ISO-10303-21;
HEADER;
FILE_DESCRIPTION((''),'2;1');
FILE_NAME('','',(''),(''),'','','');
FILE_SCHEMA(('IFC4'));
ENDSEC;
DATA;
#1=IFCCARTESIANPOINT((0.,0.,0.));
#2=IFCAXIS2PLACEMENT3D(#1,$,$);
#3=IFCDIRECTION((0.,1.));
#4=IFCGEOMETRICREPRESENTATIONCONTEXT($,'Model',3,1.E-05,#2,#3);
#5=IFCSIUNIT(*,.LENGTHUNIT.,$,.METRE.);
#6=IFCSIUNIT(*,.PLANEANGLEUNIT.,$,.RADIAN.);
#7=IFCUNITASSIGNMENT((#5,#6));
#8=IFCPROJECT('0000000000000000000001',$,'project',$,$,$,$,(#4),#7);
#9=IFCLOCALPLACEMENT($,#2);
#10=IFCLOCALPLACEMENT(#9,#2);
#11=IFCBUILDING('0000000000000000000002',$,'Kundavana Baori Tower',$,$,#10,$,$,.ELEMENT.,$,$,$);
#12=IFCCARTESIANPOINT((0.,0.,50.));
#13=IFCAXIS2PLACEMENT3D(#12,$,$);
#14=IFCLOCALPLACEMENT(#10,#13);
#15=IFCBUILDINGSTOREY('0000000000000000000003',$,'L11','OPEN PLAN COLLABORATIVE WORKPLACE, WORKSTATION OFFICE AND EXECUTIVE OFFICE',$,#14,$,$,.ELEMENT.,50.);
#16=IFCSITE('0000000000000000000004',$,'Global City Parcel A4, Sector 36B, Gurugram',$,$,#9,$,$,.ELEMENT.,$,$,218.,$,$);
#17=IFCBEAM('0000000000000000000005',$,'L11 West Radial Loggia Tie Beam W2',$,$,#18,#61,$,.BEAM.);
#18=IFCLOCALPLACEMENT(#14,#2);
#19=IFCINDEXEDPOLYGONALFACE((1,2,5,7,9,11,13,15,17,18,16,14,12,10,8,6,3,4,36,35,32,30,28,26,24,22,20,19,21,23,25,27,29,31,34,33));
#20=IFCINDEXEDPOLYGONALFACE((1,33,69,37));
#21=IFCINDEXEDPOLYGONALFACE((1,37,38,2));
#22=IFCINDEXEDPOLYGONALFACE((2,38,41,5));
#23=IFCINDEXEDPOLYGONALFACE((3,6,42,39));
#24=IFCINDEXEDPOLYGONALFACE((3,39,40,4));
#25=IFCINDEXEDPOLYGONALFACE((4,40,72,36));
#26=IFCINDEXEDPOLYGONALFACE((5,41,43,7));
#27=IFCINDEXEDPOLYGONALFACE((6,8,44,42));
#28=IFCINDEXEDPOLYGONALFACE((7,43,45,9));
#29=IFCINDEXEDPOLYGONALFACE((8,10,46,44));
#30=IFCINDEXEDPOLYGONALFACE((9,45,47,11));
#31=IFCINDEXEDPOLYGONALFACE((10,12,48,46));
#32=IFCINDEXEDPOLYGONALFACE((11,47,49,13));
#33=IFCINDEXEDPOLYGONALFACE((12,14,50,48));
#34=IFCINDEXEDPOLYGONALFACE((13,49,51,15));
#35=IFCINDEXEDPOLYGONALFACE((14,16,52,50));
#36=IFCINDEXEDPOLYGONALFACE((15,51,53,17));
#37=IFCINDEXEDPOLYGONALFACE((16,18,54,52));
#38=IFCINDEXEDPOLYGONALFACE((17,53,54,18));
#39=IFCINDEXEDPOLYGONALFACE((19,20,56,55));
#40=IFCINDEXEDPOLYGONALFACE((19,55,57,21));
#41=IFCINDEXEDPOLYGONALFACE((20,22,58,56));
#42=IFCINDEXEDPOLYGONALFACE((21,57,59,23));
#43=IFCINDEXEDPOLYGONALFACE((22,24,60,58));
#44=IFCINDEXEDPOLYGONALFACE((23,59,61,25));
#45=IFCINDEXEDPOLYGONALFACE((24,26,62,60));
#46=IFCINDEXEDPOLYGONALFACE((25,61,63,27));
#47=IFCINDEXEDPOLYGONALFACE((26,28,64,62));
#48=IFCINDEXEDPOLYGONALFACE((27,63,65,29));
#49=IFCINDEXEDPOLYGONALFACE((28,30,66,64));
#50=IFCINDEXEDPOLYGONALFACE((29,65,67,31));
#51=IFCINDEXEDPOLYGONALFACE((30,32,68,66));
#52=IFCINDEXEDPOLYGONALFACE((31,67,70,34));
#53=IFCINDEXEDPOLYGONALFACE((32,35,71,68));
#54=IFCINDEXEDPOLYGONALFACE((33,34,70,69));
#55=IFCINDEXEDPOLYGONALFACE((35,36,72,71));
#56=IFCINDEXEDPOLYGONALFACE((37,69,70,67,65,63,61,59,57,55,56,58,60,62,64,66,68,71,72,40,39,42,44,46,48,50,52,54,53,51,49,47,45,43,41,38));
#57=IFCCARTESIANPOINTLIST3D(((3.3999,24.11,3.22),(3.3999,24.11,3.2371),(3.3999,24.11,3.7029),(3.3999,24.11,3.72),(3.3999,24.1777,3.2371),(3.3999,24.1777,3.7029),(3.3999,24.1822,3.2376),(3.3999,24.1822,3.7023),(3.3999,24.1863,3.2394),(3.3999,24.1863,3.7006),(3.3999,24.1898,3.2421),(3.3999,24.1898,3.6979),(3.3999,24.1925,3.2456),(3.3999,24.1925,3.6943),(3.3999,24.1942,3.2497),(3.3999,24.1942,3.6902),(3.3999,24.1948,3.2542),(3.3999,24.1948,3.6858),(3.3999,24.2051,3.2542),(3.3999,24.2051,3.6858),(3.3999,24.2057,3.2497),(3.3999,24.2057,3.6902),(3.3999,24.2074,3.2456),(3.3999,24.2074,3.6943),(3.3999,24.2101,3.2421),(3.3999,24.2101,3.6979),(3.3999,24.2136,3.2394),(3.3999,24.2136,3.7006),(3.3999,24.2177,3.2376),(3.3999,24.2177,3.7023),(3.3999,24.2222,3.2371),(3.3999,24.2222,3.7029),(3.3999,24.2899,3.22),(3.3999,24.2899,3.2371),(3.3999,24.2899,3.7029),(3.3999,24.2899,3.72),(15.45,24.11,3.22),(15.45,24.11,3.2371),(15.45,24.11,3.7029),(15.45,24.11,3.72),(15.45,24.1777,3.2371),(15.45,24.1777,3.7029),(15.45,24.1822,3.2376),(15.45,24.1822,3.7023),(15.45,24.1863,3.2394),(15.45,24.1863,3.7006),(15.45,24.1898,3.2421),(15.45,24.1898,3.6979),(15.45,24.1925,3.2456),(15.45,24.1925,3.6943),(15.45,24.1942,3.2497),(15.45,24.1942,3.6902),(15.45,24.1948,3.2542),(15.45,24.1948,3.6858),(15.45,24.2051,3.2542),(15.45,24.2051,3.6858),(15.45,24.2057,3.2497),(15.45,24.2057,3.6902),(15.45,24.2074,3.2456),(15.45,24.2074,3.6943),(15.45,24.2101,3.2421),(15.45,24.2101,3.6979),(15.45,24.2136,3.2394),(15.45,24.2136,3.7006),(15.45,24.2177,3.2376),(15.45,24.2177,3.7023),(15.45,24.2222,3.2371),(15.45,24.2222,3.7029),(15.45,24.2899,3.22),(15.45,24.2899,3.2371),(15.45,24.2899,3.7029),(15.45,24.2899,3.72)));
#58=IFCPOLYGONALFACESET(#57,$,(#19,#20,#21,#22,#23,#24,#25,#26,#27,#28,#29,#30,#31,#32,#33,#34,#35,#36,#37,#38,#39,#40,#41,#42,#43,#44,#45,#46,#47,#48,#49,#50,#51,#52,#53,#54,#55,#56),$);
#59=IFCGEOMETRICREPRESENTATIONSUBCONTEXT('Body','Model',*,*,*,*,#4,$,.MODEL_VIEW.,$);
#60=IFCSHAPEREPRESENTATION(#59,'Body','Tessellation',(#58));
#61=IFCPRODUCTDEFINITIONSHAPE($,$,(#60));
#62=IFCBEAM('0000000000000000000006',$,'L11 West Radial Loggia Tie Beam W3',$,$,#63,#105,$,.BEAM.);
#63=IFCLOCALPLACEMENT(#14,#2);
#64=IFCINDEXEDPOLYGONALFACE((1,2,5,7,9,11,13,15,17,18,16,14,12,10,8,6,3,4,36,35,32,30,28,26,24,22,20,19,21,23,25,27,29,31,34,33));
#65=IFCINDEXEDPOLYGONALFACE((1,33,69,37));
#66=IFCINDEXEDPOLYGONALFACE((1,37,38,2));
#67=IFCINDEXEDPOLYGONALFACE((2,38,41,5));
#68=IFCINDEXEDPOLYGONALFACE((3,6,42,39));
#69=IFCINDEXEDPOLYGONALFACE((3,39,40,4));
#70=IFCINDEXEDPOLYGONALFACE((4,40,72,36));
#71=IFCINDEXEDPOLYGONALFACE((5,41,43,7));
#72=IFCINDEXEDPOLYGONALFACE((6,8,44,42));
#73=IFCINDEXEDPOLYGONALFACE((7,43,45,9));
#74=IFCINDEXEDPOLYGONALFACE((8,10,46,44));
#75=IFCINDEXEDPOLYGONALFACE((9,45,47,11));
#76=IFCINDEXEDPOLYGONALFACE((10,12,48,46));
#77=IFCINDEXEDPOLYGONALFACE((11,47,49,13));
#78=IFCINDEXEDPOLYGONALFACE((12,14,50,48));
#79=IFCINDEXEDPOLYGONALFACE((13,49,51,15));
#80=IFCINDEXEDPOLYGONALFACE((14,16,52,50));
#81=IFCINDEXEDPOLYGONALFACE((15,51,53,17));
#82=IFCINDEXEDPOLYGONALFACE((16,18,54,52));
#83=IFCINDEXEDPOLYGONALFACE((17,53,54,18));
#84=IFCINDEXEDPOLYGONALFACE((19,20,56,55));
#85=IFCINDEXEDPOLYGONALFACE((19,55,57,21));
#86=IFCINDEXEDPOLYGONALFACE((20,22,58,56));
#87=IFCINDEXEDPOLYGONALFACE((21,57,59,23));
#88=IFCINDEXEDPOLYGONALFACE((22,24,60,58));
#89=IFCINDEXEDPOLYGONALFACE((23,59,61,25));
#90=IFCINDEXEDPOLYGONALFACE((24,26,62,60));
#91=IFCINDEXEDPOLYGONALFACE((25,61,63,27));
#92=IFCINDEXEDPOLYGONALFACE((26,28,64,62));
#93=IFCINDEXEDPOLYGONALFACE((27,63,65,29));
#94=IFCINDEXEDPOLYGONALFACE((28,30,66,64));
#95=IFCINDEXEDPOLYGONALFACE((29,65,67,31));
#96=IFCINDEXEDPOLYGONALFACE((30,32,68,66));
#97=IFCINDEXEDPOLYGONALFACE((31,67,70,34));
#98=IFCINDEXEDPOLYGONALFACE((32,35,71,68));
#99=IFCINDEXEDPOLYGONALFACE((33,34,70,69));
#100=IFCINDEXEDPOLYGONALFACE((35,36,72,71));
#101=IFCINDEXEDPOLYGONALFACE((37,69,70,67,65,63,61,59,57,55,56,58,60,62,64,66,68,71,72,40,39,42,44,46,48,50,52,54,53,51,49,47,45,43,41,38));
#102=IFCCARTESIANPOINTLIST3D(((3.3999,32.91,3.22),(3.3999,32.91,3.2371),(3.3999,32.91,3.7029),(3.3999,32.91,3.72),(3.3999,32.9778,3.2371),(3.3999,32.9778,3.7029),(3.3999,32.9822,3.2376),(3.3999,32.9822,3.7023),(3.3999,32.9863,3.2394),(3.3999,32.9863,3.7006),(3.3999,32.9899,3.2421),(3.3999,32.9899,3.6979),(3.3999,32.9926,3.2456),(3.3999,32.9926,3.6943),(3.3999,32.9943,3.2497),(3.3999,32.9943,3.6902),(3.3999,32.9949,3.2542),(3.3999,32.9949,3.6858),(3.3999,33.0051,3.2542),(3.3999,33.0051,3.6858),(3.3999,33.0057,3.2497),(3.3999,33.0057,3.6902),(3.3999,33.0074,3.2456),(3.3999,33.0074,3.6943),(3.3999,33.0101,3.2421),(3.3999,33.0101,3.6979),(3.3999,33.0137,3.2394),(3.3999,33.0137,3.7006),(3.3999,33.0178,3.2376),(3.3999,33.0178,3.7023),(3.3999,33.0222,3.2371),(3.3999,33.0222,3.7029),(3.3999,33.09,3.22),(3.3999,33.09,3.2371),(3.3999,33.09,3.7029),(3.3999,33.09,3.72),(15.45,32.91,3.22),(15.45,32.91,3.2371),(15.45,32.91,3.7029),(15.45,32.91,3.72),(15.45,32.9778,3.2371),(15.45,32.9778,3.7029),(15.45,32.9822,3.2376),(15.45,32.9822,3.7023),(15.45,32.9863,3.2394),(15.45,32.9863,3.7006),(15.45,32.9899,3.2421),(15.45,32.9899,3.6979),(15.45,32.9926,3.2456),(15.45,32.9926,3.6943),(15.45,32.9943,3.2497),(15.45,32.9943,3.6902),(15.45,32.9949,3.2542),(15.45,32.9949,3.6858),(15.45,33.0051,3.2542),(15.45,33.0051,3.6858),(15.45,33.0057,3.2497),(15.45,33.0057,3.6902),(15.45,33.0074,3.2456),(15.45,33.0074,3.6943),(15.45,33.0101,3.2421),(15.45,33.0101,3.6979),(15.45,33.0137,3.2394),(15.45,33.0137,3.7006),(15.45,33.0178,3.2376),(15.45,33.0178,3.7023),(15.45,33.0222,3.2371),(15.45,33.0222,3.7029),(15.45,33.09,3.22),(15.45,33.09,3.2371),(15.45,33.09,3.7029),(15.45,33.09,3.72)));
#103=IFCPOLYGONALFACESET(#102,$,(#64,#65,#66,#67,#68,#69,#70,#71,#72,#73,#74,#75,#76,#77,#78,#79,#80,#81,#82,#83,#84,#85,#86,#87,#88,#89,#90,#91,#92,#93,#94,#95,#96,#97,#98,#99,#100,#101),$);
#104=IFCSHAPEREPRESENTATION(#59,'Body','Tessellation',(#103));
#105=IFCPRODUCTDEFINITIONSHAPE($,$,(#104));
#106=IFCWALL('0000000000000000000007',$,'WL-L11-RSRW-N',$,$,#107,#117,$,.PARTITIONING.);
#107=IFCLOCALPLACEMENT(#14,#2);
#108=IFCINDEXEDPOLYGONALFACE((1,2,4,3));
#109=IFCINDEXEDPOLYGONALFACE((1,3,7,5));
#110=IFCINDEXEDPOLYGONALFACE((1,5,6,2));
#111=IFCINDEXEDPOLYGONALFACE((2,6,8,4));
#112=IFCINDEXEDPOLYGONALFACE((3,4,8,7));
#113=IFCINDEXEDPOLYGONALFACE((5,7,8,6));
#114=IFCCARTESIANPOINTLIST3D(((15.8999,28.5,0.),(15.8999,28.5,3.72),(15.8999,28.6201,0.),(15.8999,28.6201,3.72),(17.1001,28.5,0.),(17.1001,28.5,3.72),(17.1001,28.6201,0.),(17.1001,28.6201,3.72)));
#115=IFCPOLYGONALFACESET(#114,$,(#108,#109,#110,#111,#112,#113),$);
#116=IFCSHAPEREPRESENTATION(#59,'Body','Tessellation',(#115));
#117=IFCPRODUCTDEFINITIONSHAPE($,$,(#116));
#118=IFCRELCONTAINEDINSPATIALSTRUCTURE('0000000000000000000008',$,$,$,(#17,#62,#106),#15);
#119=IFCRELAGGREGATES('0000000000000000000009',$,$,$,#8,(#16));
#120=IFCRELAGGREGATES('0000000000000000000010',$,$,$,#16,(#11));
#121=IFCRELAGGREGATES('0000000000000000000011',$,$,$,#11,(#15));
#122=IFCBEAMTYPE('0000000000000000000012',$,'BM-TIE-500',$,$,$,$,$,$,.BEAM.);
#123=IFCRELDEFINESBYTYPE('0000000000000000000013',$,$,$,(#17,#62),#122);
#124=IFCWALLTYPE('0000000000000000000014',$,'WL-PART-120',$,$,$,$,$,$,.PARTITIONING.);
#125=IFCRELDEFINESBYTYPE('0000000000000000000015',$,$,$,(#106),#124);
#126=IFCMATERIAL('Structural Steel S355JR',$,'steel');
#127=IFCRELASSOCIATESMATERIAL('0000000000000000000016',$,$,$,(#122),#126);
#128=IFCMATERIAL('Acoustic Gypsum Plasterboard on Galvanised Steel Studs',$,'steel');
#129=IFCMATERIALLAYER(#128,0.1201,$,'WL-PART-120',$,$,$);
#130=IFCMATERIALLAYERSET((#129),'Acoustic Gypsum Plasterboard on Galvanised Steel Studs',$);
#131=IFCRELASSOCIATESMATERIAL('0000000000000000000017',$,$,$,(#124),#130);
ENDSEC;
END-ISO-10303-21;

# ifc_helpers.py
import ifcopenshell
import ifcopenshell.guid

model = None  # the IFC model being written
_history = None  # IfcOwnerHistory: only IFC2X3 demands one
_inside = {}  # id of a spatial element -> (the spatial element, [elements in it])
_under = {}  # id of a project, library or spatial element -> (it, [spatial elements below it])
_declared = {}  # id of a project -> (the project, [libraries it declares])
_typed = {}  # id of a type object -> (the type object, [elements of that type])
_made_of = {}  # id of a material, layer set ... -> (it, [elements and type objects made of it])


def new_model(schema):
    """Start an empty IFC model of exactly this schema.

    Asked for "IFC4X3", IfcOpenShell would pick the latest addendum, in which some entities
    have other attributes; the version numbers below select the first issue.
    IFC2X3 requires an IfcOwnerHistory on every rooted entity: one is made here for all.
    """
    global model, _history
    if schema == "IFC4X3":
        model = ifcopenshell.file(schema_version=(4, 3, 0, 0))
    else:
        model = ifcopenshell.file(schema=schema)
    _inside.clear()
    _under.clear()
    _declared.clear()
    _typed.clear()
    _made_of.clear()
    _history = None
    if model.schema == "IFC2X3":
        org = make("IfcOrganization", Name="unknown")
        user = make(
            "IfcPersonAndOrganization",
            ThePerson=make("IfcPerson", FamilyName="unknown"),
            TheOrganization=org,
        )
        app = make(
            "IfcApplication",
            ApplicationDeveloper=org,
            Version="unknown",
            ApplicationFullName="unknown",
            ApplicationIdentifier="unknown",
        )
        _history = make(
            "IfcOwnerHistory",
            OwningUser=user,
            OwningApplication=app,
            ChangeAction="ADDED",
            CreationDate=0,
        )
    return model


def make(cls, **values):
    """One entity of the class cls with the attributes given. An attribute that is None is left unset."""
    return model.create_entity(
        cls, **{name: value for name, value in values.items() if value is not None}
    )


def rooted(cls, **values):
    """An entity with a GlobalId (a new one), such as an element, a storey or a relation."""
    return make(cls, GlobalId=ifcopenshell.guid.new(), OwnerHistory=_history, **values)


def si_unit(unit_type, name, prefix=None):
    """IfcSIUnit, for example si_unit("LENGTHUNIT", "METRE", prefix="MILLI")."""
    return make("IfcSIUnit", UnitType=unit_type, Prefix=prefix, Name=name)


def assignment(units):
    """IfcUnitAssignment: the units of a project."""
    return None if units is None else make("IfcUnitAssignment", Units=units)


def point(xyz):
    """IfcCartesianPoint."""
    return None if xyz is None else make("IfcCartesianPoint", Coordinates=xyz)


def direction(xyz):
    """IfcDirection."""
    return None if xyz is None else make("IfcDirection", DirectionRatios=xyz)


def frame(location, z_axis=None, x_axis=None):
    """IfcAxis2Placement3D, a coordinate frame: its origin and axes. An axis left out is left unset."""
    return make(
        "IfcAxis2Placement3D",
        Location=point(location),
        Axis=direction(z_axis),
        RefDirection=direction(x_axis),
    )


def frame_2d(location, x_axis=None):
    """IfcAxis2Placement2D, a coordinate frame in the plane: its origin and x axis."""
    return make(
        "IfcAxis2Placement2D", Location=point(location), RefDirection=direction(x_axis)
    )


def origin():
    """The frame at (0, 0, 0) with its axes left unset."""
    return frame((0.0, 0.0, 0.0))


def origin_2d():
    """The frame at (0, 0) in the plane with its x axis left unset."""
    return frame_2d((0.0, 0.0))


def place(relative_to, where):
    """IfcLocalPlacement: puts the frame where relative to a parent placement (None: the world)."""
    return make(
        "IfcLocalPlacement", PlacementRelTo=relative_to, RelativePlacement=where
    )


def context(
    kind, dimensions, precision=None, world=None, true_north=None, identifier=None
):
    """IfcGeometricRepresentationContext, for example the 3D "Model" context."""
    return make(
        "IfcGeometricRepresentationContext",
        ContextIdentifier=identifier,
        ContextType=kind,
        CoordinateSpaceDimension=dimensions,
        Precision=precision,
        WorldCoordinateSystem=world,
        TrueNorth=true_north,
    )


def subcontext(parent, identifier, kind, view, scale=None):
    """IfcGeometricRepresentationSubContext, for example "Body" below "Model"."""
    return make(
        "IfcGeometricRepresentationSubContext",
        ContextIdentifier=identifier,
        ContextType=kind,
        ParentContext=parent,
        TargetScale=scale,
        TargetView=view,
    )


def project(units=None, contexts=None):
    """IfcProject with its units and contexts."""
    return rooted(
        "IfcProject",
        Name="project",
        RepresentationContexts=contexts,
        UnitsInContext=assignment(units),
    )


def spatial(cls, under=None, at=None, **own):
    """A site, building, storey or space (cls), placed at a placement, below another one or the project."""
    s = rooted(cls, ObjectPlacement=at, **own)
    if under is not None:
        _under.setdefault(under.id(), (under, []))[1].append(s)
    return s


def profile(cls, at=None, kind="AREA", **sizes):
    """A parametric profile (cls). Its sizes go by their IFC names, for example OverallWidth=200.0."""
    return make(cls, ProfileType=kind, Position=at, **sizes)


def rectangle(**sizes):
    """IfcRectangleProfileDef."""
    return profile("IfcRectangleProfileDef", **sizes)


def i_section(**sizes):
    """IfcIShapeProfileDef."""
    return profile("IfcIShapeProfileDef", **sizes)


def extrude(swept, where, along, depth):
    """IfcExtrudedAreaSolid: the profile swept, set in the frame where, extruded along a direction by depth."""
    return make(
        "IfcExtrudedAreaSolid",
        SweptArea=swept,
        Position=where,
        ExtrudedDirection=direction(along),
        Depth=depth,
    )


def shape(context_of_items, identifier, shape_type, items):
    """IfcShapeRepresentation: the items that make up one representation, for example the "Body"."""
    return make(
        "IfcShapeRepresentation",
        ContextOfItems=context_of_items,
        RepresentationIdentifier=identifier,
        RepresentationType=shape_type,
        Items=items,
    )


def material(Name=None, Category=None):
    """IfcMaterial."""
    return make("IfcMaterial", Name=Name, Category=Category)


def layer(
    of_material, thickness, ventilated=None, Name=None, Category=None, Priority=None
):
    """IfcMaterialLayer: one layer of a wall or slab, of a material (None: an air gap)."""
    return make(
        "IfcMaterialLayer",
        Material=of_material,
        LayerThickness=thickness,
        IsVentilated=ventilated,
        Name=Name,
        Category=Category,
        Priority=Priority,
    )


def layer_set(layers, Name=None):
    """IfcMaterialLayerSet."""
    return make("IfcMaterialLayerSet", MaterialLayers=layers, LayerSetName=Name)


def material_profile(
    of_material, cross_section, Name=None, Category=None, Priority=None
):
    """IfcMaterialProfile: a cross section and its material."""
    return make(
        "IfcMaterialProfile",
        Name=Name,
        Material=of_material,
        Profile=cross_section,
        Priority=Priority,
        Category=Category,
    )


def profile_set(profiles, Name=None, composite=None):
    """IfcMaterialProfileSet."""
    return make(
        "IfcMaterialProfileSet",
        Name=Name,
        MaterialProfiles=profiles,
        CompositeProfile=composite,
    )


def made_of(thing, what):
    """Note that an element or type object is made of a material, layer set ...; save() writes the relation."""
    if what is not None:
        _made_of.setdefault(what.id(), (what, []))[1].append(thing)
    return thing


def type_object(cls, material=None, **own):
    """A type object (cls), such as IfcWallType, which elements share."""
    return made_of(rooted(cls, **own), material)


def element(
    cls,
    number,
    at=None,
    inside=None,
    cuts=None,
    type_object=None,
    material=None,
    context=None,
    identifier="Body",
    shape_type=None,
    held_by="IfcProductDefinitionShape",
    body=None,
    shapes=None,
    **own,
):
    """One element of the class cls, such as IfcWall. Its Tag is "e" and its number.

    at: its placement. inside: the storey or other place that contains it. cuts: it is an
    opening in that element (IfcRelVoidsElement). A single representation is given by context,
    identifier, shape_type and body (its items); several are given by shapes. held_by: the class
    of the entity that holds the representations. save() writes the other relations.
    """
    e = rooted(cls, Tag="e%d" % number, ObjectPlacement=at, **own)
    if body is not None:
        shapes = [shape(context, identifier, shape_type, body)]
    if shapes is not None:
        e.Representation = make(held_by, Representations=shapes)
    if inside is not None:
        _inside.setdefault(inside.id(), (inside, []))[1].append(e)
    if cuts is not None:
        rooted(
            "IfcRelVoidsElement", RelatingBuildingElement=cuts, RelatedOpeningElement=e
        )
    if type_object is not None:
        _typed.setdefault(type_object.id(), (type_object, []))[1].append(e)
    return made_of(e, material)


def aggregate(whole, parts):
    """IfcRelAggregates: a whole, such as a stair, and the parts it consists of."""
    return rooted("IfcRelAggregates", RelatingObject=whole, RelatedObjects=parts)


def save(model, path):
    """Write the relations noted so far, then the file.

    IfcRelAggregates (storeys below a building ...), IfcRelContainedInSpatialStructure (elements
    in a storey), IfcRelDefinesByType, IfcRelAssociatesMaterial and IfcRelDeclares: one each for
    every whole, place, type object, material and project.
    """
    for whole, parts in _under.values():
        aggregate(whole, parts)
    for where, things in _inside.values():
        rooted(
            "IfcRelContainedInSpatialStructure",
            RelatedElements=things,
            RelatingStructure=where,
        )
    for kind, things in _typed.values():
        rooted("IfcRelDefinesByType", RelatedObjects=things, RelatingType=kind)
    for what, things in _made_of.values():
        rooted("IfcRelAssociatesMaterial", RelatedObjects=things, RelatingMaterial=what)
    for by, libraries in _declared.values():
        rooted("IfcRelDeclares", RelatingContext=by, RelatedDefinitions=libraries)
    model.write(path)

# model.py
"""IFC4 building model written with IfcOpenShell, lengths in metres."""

from ifc_helpers import new_model, si_unit, direction, frame, frame_2d, origin, origin_2d, place, context, subcontext, project, spatial, rectangle, i_section, extrude, material, layer, layer_set, material_profile, profile_set, type_object, element, save


model = new_model("IFC4")

# Units and contexts
model_context = context("Model", 3, precision=1e-05, world=origin(), true_north=direction((0.0, 1.0)))
body_context = subcontext(model_context, "Body", "Model", "MODEL_VIEW")
ifc_project = project(units=[si_unit("LENGTHUNIT", "METRE"), si_unit("PLANEANGLEUNIT", "RADIAN")], contexts=[model_context])

# Site, building, storey
site_placement = place(None, origin())
site = spatial("IfcSite", under=ifc_project, at=site_placement, Name="Global City Parcel A4, Sector 36B, Gurugram", CompositionType="ELEMENT", RefElevation=218.0)
building_placement = place(site_placement, origin())
building = spatial("IfcBuilding", under=site, at=building_placement, Name="Kundavana Baori Tower", CompositionType="ELEMENT")
storey_placement = place(building_placement, frame((0.0, 0.0, 50.0)))
storey = spatial("IfcBuildingStorey", under=building, at=storey_placement, Name="L11", Description="OPEN PLAN COLLABORATIVE WORKPLACE, WORKSTATION OFFICE AND EXECUTIVE OFFICE", CompositionType="ELEMENT", Elevation=50.0)

# Beams
ifc_material_1 = material(Name="Structural Steel S355JR", Category="steel")
ifc_material_profile_1 = material_profile(ifc_material_1, i_section(OverallWidth=0.1799, OverallDepth=0.5, WebThickness=0.0103, FlangeThickness=0.0171, FilletRadius=0.0171, at=origin_2d()), Name="ISMB 500")
ifc_profile_set_1 = profile_set([ifc_material_profile_1], Name="Structural Steel S355JR")
beam_type_1 = type_object("IfcBeamType", Name="BM-TIE-500", PredefinedType="BEAM", material=ifc_profile_set_1)
for number, where, z_axis, x_axis, name in (
    (1, (15.45, 24.2, 3.47), (-1.0, 0.0, 0.0), (0.0, -1.0, 0.0), "L11 West Radial Loggia Tie Beam W2"),
    (2, (15.45, 33.0, 3.47), (-1.0, 0.0, 0.0), (0.0, -1.0, 0.0), "L11 West Radial Loggia Tie Beam W3"),
):
    element("IfcBeam", number, at=place(storey_placement, frame(where, z_axis=z_axis, x_axis=x_axis)), inside=storey, type_object=beam_type_1, Name=name, PredefinedType="BEAM", context=body_context, shape_type="SweptSolid", body=[
        extrude(i_section(OverallWidth=0.1799, OverallDepth=0.5, WebThickness=0.0103, FlangeThickness=0.0171, FilletRadius=0.0171, at=origin_2d()), origin(), (0.0, 0.0, 1.0), 12.05),
    ])

# Wall
ifc_material_2 = material(Name="Acoustic Gypsum Plasterboard on Galvanised Steel Studs", Category="steel")
ifc_layer_1 = layer(ifc_material_2, 0.1201, Name="WL-PART-120")
ifc_layer_set_1 = layer_set([ifc_layer_1], Name="Acoustic Gypsum Plasterboard on Galvanised Steel Studs")
wall_type_1 = type_object("IfcWallType", Name="WL-PART-120", PredefinedType="PARTITIONING", material=ifc_layer_set_1)
wall_1_placement = place(storey_placement, frame((15.8999, 28.5601, 0.0), z_axis=(0.0, 0.0, 1.0), x_axis=(1.0, 0.0, 0.0)))
element("IfcWall", 3, at=wall_1_placement, inside=storey, type_object=wall_type_1, Name="WL-L11-RSRW-N", PredefinedType="PARTITIONING", context=body_context, shape_type="SweptSolid", body=[
    extrude(rectangle(XDim=1.2002, YDim=0.1201, at=frame_2d((0.6001, 0.0))), origin(), (0.0, 0.0, 1.0), 3.72),
])

save(model, "model.ifc")
